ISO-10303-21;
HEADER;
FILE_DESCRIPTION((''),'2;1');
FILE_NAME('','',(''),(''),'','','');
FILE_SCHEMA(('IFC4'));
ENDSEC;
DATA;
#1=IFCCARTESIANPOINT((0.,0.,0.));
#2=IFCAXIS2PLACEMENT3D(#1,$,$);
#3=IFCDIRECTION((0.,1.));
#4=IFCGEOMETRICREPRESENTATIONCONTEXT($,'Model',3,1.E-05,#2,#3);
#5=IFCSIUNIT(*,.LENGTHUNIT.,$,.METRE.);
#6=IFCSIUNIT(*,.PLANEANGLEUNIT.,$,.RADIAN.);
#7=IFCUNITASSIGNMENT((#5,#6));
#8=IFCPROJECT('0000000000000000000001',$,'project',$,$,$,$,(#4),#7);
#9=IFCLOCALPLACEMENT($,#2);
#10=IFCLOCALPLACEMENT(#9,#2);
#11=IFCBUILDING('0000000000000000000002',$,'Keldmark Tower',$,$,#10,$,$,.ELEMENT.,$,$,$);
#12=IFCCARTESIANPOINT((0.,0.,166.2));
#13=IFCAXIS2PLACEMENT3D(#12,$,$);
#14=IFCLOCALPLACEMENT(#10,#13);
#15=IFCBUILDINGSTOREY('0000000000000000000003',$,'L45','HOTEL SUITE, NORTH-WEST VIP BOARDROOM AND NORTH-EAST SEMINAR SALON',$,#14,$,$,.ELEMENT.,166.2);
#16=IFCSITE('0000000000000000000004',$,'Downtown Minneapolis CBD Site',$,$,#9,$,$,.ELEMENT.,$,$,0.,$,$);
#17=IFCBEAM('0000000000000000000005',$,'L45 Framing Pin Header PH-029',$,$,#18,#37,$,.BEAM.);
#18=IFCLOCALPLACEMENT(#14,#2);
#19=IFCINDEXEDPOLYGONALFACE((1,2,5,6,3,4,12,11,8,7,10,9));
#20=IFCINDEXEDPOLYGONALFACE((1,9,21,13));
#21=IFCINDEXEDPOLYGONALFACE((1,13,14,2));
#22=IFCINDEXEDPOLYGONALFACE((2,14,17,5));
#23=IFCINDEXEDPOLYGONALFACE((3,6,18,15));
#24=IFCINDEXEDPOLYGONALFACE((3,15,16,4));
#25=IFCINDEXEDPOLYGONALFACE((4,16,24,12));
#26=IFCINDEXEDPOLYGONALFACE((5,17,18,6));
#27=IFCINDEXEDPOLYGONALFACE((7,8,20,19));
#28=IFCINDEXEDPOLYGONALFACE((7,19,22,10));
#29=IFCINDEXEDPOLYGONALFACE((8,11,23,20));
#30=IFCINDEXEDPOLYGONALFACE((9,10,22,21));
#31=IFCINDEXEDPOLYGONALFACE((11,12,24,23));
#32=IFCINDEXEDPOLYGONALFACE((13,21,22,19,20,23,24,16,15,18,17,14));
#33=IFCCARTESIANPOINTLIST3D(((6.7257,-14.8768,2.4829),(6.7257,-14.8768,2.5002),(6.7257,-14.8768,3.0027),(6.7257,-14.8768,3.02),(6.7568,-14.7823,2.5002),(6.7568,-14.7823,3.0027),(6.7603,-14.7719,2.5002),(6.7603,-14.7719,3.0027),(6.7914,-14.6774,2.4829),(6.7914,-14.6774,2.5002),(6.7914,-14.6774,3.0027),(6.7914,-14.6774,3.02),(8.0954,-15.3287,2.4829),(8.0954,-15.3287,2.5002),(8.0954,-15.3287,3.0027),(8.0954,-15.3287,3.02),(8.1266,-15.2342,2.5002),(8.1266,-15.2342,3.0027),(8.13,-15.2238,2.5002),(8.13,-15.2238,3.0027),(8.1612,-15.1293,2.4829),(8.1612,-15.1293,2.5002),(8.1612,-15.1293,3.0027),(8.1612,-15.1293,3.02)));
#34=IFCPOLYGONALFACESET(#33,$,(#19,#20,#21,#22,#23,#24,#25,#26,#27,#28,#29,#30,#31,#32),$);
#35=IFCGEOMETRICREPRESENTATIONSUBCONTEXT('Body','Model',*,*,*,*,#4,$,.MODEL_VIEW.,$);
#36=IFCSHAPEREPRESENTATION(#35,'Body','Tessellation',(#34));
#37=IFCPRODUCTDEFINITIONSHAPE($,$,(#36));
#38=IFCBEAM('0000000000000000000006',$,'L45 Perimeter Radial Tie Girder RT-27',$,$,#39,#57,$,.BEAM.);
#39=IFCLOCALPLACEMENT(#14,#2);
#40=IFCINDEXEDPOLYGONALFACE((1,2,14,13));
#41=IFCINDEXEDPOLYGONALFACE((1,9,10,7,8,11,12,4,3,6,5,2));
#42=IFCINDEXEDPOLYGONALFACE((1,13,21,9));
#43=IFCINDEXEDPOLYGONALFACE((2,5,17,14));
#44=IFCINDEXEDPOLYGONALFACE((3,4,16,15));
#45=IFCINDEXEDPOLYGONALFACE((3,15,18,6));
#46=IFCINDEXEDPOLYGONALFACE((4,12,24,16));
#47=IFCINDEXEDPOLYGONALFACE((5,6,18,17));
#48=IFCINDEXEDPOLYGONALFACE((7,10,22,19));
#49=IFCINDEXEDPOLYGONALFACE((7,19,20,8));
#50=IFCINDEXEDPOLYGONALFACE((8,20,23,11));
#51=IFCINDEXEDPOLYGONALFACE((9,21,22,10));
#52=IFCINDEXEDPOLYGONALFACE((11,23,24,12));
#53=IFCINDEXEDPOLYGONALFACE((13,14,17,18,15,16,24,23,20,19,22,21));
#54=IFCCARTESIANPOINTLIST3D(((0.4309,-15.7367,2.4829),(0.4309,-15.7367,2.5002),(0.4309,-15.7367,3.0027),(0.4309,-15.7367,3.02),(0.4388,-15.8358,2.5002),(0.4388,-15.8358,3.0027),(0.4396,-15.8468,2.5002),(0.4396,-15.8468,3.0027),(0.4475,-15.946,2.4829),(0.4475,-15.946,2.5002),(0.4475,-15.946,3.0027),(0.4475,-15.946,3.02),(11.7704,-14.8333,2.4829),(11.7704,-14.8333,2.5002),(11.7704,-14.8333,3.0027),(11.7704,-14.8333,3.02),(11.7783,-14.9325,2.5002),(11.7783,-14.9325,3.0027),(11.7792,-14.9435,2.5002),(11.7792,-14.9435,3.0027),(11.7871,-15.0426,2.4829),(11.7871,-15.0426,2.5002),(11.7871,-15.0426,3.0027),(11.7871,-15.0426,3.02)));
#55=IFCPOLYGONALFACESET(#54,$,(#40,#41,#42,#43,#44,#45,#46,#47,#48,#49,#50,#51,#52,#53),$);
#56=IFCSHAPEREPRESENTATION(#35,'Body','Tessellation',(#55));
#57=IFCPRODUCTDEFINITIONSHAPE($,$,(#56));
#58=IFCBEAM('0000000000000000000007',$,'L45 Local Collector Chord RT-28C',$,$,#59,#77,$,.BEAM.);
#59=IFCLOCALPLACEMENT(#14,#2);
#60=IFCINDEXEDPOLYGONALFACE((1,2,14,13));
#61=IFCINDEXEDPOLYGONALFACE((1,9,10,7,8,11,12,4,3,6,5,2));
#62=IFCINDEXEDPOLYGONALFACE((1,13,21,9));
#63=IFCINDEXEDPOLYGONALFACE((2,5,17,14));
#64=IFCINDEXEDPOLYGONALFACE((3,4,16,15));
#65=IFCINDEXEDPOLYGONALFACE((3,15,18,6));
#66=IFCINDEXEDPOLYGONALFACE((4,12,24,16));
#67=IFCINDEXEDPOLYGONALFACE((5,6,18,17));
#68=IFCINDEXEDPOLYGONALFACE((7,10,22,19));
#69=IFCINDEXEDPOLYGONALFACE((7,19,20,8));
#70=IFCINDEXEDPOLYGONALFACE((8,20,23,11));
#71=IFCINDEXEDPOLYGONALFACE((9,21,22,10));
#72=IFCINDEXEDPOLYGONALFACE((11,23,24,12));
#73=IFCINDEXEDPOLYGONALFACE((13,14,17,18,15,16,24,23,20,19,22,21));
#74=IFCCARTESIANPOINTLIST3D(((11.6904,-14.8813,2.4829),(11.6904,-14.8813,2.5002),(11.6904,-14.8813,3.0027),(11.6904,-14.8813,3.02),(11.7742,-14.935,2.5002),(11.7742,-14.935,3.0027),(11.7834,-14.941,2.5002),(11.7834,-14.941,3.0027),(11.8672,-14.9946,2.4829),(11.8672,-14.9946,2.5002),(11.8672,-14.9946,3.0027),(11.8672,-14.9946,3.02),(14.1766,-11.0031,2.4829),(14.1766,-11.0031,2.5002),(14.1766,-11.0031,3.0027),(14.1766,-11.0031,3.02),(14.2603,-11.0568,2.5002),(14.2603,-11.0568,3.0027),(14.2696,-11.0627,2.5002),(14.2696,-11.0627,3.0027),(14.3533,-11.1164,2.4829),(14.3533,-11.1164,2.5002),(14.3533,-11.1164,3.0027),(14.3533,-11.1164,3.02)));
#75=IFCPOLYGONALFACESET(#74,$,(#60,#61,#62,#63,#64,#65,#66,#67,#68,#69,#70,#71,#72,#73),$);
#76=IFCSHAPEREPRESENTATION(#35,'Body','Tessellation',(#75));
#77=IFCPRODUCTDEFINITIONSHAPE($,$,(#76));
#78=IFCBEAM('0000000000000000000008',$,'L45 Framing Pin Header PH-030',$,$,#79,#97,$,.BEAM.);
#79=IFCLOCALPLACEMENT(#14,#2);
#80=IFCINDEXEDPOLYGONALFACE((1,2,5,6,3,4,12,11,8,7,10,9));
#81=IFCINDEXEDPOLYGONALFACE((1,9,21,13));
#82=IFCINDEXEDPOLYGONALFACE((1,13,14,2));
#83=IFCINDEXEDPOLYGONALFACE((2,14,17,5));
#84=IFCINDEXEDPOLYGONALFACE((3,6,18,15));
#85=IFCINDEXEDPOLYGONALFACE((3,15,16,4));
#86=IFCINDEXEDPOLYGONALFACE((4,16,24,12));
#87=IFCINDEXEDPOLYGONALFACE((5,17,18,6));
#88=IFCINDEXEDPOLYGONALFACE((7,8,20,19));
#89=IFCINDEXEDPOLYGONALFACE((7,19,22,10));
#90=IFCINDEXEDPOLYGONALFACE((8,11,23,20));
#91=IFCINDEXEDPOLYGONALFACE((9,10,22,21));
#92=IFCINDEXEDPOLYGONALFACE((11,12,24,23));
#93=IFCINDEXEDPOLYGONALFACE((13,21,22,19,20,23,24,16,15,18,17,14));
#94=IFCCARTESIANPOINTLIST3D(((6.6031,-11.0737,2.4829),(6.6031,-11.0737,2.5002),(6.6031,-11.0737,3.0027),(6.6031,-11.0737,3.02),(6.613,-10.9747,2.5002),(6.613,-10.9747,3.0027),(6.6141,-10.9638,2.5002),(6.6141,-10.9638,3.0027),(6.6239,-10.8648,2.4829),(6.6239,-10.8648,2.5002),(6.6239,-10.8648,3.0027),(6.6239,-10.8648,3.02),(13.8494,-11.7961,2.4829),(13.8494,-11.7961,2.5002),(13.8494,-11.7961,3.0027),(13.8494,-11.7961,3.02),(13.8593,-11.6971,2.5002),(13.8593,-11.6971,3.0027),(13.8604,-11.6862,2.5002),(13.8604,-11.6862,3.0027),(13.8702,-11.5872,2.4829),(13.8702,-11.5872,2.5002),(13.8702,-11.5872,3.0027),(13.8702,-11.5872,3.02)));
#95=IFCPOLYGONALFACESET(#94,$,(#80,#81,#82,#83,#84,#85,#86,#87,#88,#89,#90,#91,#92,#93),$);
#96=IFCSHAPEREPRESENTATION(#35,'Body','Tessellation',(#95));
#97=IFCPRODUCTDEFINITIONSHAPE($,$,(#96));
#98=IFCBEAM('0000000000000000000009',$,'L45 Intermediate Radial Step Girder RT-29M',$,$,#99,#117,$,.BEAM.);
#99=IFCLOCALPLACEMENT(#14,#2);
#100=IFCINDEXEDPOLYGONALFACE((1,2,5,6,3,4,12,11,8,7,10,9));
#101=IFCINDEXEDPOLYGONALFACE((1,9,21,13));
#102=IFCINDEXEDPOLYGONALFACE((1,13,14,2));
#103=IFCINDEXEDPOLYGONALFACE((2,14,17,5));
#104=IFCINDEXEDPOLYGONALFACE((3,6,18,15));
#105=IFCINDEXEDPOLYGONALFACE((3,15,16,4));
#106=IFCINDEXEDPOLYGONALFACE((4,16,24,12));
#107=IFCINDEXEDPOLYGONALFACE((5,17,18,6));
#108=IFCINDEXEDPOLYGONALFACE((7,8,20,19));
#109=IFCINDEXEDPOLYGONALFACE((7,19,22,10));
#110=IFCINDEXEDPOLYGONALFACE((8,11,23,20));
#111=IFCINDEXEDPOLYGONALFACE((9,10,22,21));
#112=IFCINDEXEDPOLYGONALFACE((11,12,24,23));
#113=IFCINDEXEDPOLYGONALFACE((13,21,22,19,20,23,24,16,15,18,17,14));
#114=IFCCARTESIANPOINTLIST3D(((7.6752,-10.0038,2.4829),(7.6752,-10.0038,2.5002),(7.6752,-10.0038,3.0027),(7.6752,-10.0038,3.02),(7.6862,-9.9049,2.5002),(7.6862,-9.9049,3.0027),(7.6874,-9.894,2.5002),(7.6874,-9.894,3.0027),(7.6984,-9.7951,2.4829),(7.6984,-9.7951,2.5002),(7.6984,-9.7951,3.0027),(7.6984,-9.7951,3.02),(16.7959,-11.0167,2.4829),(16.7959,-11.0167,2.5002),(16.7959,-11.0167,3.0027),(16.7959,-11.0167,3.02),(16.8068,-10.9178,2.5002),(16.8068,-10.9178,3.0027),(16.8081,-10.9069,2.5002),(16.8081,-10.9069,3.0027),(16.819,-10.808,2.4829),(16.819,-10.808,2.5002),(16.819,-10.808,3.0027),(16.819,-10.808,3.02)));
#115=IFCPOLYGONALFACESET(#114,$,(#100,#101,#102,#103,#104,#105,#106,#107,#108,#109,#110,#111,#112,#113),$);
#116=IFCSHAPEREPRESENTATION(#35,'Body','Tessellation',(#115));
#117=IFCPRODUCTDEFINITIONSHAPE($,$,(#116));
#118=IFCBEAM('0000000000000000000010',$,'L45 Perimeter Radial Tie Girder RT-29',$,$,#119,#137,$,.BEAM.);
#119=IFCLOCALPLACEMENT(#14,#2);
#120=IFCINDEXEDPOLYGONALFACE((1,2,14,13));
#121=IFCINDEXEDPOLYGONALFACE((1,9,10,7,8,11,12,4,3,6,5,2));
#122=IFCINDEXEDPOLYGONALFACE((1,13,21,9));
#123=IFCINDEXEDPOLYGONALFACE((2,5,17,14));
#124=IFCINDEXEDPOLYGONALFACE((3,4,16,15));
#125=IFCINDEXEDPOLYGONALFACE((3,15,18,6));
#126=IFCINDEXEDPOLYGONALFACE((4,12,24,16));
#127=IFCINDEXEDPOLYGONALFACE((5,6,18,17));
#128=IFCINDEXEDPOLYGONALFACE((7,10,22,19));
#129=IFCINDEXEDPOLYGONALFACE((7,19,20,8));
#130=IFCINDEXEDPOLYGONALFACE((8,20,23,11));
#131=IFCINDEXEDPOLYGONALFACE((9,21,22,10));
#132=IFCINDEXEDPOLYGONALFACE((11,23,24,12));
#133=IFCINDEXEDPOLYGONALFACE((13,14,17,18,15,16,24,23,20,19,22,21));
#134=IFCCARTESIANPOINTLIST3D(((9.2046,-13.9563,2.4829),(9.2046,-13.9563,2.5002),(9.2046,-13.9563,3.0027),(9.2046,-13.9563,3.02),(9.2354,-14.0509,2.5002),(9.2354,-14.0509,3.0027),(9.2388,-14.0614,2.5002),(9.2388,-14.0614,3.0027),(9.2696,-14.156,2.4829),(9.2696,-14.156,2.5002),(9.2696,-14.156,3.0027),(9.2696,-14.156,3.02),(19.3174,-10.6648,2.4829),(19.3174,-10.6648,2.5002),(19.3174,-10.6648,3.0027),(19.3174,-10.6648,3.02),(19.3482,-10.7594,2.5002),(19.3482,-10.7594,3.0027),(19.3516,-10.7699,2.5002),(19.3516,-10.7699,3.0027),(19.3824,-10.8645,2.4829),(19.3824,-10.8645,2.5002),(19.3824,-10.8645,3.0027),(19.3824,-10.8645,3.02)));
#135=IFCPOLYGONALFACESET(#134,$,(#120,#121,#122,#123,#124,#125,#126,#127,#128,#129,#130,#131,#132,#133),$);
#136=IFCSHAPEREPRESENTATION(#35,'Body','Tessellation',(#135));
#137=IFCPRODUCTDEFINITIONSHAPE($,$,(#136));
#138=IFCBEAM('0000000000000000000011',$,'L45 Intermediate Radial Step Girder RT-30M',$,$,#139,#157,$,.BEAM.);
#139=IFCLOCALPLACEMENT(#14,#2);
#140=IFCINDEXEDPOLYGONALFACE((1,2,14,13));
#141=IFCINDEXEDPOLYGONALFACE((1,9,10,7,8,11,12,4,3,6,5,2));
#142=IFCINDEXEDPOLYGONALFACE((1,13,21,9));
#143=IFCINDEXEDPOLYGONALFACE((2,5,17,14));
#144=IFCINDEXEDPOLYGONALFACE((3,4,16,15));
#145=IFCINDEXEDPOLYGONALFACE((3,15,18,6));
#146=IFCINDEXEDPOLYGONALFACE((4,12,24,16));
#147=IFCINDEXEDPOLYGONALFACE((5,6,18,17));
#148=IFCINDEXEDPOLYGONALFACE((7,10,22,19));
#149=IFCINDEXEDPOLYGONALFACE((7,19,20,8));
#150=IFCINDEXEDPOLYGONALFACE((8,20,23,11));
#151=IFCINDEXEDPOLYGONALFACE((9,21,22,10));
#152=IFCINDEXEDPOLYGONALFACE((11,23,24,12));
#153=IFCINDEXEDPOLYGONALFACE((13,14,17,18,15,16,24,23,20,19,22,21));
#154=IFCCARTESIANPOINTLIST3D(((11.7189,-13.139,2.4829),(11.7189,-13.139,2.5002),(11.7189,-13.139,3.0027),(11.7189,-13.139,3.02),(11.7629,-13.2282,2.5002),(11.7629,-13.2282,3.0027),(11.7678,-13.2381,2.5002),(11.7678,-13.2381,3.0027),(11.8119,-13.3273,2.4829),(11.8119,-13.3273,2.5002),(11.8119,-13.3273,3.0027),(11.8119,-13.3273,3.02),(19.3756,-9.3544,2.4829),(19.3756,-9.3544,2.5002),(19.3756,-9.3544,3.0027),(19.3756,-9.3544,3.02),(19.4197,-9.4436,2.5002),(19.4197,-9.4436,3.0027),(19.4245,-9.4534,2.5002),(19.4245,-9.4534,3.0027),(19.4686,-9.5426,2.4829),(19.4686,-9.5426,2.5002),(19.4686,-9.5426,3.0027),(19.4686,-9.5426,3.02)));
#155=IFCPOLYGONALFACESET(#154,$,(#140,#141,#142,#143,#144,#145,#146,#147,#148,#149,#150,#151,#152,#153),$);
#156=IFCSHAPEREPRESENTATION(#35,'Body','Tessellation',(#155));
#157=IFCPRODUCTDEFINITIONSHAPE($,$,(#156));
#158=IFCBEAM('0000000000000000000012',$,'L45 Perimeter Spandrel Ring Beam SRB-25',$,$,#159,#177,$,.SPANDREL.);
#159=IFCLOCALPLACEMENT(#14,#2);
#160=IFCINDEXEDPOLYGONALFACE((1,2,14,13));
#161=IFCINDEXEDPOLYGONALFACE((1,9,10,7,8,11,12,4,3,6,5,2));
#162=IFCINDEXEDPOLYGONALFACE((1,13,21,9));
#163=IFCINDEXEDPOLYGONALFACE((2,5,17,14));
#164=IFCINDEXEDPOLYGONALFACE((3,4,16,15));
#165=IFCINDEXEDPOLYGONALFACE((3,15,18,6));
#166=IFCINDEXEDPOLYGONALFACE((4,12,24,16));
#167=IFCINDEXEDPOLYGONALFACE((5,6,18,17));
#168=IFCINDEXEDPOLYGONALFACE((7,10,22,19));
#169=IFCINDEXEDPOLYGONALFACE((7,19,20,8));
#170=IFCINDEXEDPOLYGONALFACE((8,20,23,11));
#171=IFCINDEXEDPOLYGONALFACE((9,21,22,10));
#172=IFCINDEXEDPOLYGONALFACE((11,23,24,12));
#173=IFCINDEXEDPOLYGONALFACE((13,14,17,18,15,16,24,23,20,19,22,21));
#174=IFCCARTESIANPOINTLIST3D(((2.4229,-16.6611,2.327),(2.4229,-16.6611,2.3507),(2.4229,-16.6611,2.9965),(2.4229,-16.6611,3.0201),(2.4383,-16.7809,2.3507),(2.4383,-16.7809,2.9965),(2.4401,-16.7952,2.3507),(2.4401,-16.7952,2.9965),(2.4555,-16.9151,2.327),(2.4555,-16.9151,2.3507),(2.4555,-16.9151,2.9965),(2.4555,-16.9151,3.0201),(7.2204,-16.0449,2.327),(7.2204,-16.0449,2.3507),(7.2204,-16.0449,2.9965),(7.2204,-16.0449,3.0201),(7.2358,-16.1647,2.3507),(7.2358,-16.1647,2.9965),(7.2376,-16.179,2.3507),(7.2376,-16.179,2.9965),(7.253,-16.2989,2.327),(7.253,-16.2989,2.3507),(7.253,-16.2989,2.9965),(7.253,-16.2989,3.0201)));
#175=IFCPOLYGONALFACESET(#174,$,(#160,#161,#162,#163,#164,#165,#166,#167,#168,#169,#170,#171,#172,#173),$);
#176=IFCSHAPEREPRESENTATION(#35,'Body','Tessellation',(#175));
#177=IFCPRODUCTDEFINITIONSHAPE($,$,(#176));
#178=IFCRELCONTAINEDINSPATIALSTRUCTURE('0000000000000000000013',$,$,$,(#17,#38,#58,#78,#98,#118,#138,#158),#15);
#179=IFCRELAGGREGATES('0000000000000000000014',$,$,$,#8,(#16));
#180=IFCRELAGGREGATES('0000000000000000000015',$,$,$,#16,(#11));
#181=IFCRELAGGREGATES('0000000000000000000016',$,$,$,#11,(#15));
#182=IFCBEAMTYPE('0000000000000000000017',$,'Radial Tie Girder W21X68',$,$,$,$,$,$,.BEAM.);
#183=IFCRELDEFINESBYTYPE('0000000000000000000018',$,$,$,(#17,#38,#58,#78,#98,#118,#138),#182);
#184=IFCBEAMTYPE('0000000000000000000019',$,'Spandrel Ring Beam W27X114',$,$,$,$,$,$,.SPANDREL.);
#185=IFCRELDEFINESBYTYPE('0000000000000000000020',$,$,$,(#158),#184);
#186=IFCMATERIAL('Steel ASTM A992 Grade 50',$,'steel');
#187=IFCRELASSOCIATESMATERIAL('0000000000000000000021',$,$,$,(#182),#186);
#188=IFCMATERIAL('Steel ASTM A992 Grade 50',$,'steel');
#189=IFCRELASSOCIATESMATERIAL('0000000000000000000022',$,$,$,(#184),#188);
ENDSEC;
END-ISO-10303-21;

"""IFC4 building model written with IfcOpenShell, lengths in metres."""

from ifc_helpers import new_model, si_unit, direction, frame, origin, origin_2d, place, context, subcontext, project, spatial, i_section, extrude, material, material_profile, profile_set, type_object, element, save


model = new_model("IFC4")

# Units and contexts
model_context = context("Model", 3, precision=1e-05, world=origin(), true_north=direction((0.0, 1.0)))
body_context = subcontext(model_context, "Body", "Model", "MODEL_VIEW")
ifc_project = project(units=[si_unit("LENGTHUNIT", "METRE"), si_unit("PLANEANGLEUNIT", "RADIAN")], contexts=[model_context])

# Site, building, storey
site_placement = place(None, origin())
site = spatial("IfcSite", under=ifc_project, at=site_placement, Name="Downtown Minneapolis CBD Site", CompositionType="ELEMENT", RefElevation=0.0)
building_placement = place(site_placement, origin())
building = spatial("IfcBuilding", under=site, at=building_placement, Name="Keldmark Tower", CompositionType="ELEMENT")
storey_placement = place(building_placement, frame((0.0, 0.0, 166.2)))
storey = spatial("IfcBuildingStorey", under=building, at=storey_placement, Name="L45", Description="HOTEL SUITE, NORTH-WEST VIP BOARDROOM AND NORTH-EAST SEMINAR SALON", CompositionType="ELEMENT", Elevation=166.2)

# Beams
ifc_material_1 = material(Name="Steel ASTM A992 Grade 50", Category="steel")
ifc_material_profile_1 = material_profile(ifc_material_1, i_section(OverallWidth=0.21, OverallDepth=0.5371, WebThickness=0.011, FlangeThickness=0.0173, at=origin_2d()), Name="W21X68")
ifc_profile_set_1 = profile_set([ifc_material_profile_1], Name="Steel ASTM A992 Grade 50")
beam_type_1 = type_object("IfcBeamType", Name="Radial Tie Girder W21X68", PredefinedType="BEAM", material=ifc_profile_set_1)
beam_1_placement = place(storey_placement, frame((6.7585, -14.7771, 2.7515), z_axis=(0.94966, -0.313281, 0.0), x_axis=(0.313281, 0.94966, 0.0)))
element("IfcBeam", 1, at=beam_1_placement, inside=storey, type_object=beam_type_1, Name="L45 Framing Pin Header PH-029", PredefinedType="BEAM", context=body_context, shape_type="SweptSolid", body=[
    extrude(i_section(OverallWidth=0.21, OverallDepth=0.5371, WebThickness=0.011, FlangeThickness=0.0173, at=origin_2d()), origin(), (0.0, 0.0, 1.0), 1.4424),
])
beam_2_placement = place(storey_placement, frame((0.4392, -15.8413, 2.7515), z_axis=(0.996842, 0.079409, 0.0), x_axis=(-0.079409, 0.996842, 0.0)))
element("IfcBeam", 2, at=beam_2_placement, inside=storey, type_object=beam_type_1, Name="L45 Perimeter Radial Tie Girder RT-27", PredefinedType="BEAM", context=body_context, shape_type="SweptSolid", body=[
    extrude(i_section(OverallWidth=0.21, OverallDepth=0.5371, WebThickness=0.011, FlangeThickness=0.0173, at=origin_2d()), origin(), (0.0, 0.0, 1.0), 11.3755),
])
beam_3_placement = place(storey_placement, frame((11.7788, -14.938, 2.7515), z_axis=(0.539678, 0.841872, 0.0), x_axis=(-0.841872, 0.539678, 0.0)))
element("IfcBeam", 3, at=beam_3_placement, inside=storey, type_object=beam_type_1, Name="L45 Local Collector Chord RT-28C", PredefinedType="BEAM", context=body_context, shape_type="SweptSolid", body=[
    extrude(i_section(OverallWidth=0.21, OverallDepth=0.5371, WebThickness=0.011, FlangeThickness=0.0173, at=origin_2d()), origin(), (0.0, 0.0, 1.0), 4.6067),
])
beam_4_placement = place(storey_placement, frame((6.6135, -10.9692, 2.7515), z_axis=(0.995067, -0.099202, 0.0), x_axis=(0.099202, 0.995067, 0.0)))
element("IfcBeam", 4, at=beam_4_placement, inside=storey, type_object=beam_type_1, Name="L45 Framing Pin Header PH-030", PredefinedType="BEAM", context=body_context, shape_type="SweptSolid", body=[
    extrude(i_section(OverallWidth=0.21, OverallDepth=0.5371, WebThickness=0.011, FlangeThickness=0.0173, at=origin_2d()), origin(), (0.0, 0.0, 1.0), 7.2822),
])
beam_5_placement = place(storey_placement, frame((7.6868, -9.8994, 2.7515), z_axis=(0.993889, -0.110382, 0.0), x_axis=(0.110382, 0.993889, 0.0)))
element("IfcBeam", 5, at=beam_5_placement, inside=storey, type_object=beam_type_1, Name="L45 Intermediate Radial Step Girder RT-29M", PredefinedType="BEAM", context=body_context, shape_type="SweptSolid", body=[
    extrude(i_section(OverallWidth=0.21, OverallDepth=0.5371, WebThickness=0.011, FlangeThickness=0.0173, at=origin_2d()), origin(), (0.0, 0.0, 1.0), 9.1768),
])
beam_6_placement = place(storey_placement, frame((9.2371, -14.0562, 2.7515), z_axis=(0.9509, 0.309498, 0.0), x_axis=(-0.309498, 0.9509, 0.0)))
element("IfcBeam", 6, at=beam_6_placement, inside=storey, type_object=beam_type_1, Name="L45 Perimeter Radial Tie Girder RT-29", PredefinedType="BEAM", context=body_context, shape_type="SweptSolid", body=[
    extrude(i_section(OverallWidth=0.21, OverallDepth=0.5371, WebThickness=0.011, FlangeThickness=0.0173, at=origin_2d()), origin(), (0.0, 0.0, 1.0), 10.635),
])
beam_7_placement = place(storey_placement, frame((11.7654, -13.2332, 2.7515), z_axis=(0.896464, 0.443116, 0.0), x_axis=(-0.443116, 0.896464, 0.0)))
element("IfcBeam", 7, at=beam_7_placement, inside=storey, type_object=beam_type_1, Name="L45 Intermediate Radial Step Girder RT-30M", PredefinedType="BEAM", context=body_context, shape_type="SweptSolid", body=[
    extrude(i_section(OverallWidth=0.21, OverallDepth=0.5371, WebThickness=0.011, FlangeThickness=0.0173, at=origin_2d()), origin(), (0.0, 0.0, 1.0), 8.541),
])
ifc_material_2 = material(Name="Steel ASTM A992 Grade 50", Category="steel")
ifc_material_profile_2 = material_profile(ifc_material_2, i_section(OverallWidth=0.2561, OverallDepth=0.6931, WebThickness=0.0144, FlangeThickness=0.0237, at=origin_2d()), Name="W27X114")
ifc_profile_set_2 = profile_set([ifc_material_profile_2], Name="Steel ASTM A992 Grade 50")
beam_type_2 = type_object("IfcBeamType", Name="Spandrel Ring Beam W27X114", PredefinedType="SPANDREL", material=ifc_profile_set_2)
beam_8_placement = place(storey_placement, frame((2.4392, -16.7881, 2.6736), z_axis=(0.991852, 0.127395, 0.0), x_axis=(-0.127395, 0.991852, 0.0)))
element("IfcBeam", 8, at=beam_8_placement, inside=storey, type_object=beam_type_2, Name="L45 Perimeter Spandrel Ring Beam SRB-25", PredefinedType="SPANDREL", context=body_context, shape_type="SweptSolid", body=[
    extrude(i_section(OverallWidth=0.2561, OverallDepth=0.6931, WebThickness=0.0144, FlangeThickness=0.0237, at=origin_2d()), origin(), (0.0, 0.0, 1.0), 4.8369),
])

save(model, "model.ifc")
